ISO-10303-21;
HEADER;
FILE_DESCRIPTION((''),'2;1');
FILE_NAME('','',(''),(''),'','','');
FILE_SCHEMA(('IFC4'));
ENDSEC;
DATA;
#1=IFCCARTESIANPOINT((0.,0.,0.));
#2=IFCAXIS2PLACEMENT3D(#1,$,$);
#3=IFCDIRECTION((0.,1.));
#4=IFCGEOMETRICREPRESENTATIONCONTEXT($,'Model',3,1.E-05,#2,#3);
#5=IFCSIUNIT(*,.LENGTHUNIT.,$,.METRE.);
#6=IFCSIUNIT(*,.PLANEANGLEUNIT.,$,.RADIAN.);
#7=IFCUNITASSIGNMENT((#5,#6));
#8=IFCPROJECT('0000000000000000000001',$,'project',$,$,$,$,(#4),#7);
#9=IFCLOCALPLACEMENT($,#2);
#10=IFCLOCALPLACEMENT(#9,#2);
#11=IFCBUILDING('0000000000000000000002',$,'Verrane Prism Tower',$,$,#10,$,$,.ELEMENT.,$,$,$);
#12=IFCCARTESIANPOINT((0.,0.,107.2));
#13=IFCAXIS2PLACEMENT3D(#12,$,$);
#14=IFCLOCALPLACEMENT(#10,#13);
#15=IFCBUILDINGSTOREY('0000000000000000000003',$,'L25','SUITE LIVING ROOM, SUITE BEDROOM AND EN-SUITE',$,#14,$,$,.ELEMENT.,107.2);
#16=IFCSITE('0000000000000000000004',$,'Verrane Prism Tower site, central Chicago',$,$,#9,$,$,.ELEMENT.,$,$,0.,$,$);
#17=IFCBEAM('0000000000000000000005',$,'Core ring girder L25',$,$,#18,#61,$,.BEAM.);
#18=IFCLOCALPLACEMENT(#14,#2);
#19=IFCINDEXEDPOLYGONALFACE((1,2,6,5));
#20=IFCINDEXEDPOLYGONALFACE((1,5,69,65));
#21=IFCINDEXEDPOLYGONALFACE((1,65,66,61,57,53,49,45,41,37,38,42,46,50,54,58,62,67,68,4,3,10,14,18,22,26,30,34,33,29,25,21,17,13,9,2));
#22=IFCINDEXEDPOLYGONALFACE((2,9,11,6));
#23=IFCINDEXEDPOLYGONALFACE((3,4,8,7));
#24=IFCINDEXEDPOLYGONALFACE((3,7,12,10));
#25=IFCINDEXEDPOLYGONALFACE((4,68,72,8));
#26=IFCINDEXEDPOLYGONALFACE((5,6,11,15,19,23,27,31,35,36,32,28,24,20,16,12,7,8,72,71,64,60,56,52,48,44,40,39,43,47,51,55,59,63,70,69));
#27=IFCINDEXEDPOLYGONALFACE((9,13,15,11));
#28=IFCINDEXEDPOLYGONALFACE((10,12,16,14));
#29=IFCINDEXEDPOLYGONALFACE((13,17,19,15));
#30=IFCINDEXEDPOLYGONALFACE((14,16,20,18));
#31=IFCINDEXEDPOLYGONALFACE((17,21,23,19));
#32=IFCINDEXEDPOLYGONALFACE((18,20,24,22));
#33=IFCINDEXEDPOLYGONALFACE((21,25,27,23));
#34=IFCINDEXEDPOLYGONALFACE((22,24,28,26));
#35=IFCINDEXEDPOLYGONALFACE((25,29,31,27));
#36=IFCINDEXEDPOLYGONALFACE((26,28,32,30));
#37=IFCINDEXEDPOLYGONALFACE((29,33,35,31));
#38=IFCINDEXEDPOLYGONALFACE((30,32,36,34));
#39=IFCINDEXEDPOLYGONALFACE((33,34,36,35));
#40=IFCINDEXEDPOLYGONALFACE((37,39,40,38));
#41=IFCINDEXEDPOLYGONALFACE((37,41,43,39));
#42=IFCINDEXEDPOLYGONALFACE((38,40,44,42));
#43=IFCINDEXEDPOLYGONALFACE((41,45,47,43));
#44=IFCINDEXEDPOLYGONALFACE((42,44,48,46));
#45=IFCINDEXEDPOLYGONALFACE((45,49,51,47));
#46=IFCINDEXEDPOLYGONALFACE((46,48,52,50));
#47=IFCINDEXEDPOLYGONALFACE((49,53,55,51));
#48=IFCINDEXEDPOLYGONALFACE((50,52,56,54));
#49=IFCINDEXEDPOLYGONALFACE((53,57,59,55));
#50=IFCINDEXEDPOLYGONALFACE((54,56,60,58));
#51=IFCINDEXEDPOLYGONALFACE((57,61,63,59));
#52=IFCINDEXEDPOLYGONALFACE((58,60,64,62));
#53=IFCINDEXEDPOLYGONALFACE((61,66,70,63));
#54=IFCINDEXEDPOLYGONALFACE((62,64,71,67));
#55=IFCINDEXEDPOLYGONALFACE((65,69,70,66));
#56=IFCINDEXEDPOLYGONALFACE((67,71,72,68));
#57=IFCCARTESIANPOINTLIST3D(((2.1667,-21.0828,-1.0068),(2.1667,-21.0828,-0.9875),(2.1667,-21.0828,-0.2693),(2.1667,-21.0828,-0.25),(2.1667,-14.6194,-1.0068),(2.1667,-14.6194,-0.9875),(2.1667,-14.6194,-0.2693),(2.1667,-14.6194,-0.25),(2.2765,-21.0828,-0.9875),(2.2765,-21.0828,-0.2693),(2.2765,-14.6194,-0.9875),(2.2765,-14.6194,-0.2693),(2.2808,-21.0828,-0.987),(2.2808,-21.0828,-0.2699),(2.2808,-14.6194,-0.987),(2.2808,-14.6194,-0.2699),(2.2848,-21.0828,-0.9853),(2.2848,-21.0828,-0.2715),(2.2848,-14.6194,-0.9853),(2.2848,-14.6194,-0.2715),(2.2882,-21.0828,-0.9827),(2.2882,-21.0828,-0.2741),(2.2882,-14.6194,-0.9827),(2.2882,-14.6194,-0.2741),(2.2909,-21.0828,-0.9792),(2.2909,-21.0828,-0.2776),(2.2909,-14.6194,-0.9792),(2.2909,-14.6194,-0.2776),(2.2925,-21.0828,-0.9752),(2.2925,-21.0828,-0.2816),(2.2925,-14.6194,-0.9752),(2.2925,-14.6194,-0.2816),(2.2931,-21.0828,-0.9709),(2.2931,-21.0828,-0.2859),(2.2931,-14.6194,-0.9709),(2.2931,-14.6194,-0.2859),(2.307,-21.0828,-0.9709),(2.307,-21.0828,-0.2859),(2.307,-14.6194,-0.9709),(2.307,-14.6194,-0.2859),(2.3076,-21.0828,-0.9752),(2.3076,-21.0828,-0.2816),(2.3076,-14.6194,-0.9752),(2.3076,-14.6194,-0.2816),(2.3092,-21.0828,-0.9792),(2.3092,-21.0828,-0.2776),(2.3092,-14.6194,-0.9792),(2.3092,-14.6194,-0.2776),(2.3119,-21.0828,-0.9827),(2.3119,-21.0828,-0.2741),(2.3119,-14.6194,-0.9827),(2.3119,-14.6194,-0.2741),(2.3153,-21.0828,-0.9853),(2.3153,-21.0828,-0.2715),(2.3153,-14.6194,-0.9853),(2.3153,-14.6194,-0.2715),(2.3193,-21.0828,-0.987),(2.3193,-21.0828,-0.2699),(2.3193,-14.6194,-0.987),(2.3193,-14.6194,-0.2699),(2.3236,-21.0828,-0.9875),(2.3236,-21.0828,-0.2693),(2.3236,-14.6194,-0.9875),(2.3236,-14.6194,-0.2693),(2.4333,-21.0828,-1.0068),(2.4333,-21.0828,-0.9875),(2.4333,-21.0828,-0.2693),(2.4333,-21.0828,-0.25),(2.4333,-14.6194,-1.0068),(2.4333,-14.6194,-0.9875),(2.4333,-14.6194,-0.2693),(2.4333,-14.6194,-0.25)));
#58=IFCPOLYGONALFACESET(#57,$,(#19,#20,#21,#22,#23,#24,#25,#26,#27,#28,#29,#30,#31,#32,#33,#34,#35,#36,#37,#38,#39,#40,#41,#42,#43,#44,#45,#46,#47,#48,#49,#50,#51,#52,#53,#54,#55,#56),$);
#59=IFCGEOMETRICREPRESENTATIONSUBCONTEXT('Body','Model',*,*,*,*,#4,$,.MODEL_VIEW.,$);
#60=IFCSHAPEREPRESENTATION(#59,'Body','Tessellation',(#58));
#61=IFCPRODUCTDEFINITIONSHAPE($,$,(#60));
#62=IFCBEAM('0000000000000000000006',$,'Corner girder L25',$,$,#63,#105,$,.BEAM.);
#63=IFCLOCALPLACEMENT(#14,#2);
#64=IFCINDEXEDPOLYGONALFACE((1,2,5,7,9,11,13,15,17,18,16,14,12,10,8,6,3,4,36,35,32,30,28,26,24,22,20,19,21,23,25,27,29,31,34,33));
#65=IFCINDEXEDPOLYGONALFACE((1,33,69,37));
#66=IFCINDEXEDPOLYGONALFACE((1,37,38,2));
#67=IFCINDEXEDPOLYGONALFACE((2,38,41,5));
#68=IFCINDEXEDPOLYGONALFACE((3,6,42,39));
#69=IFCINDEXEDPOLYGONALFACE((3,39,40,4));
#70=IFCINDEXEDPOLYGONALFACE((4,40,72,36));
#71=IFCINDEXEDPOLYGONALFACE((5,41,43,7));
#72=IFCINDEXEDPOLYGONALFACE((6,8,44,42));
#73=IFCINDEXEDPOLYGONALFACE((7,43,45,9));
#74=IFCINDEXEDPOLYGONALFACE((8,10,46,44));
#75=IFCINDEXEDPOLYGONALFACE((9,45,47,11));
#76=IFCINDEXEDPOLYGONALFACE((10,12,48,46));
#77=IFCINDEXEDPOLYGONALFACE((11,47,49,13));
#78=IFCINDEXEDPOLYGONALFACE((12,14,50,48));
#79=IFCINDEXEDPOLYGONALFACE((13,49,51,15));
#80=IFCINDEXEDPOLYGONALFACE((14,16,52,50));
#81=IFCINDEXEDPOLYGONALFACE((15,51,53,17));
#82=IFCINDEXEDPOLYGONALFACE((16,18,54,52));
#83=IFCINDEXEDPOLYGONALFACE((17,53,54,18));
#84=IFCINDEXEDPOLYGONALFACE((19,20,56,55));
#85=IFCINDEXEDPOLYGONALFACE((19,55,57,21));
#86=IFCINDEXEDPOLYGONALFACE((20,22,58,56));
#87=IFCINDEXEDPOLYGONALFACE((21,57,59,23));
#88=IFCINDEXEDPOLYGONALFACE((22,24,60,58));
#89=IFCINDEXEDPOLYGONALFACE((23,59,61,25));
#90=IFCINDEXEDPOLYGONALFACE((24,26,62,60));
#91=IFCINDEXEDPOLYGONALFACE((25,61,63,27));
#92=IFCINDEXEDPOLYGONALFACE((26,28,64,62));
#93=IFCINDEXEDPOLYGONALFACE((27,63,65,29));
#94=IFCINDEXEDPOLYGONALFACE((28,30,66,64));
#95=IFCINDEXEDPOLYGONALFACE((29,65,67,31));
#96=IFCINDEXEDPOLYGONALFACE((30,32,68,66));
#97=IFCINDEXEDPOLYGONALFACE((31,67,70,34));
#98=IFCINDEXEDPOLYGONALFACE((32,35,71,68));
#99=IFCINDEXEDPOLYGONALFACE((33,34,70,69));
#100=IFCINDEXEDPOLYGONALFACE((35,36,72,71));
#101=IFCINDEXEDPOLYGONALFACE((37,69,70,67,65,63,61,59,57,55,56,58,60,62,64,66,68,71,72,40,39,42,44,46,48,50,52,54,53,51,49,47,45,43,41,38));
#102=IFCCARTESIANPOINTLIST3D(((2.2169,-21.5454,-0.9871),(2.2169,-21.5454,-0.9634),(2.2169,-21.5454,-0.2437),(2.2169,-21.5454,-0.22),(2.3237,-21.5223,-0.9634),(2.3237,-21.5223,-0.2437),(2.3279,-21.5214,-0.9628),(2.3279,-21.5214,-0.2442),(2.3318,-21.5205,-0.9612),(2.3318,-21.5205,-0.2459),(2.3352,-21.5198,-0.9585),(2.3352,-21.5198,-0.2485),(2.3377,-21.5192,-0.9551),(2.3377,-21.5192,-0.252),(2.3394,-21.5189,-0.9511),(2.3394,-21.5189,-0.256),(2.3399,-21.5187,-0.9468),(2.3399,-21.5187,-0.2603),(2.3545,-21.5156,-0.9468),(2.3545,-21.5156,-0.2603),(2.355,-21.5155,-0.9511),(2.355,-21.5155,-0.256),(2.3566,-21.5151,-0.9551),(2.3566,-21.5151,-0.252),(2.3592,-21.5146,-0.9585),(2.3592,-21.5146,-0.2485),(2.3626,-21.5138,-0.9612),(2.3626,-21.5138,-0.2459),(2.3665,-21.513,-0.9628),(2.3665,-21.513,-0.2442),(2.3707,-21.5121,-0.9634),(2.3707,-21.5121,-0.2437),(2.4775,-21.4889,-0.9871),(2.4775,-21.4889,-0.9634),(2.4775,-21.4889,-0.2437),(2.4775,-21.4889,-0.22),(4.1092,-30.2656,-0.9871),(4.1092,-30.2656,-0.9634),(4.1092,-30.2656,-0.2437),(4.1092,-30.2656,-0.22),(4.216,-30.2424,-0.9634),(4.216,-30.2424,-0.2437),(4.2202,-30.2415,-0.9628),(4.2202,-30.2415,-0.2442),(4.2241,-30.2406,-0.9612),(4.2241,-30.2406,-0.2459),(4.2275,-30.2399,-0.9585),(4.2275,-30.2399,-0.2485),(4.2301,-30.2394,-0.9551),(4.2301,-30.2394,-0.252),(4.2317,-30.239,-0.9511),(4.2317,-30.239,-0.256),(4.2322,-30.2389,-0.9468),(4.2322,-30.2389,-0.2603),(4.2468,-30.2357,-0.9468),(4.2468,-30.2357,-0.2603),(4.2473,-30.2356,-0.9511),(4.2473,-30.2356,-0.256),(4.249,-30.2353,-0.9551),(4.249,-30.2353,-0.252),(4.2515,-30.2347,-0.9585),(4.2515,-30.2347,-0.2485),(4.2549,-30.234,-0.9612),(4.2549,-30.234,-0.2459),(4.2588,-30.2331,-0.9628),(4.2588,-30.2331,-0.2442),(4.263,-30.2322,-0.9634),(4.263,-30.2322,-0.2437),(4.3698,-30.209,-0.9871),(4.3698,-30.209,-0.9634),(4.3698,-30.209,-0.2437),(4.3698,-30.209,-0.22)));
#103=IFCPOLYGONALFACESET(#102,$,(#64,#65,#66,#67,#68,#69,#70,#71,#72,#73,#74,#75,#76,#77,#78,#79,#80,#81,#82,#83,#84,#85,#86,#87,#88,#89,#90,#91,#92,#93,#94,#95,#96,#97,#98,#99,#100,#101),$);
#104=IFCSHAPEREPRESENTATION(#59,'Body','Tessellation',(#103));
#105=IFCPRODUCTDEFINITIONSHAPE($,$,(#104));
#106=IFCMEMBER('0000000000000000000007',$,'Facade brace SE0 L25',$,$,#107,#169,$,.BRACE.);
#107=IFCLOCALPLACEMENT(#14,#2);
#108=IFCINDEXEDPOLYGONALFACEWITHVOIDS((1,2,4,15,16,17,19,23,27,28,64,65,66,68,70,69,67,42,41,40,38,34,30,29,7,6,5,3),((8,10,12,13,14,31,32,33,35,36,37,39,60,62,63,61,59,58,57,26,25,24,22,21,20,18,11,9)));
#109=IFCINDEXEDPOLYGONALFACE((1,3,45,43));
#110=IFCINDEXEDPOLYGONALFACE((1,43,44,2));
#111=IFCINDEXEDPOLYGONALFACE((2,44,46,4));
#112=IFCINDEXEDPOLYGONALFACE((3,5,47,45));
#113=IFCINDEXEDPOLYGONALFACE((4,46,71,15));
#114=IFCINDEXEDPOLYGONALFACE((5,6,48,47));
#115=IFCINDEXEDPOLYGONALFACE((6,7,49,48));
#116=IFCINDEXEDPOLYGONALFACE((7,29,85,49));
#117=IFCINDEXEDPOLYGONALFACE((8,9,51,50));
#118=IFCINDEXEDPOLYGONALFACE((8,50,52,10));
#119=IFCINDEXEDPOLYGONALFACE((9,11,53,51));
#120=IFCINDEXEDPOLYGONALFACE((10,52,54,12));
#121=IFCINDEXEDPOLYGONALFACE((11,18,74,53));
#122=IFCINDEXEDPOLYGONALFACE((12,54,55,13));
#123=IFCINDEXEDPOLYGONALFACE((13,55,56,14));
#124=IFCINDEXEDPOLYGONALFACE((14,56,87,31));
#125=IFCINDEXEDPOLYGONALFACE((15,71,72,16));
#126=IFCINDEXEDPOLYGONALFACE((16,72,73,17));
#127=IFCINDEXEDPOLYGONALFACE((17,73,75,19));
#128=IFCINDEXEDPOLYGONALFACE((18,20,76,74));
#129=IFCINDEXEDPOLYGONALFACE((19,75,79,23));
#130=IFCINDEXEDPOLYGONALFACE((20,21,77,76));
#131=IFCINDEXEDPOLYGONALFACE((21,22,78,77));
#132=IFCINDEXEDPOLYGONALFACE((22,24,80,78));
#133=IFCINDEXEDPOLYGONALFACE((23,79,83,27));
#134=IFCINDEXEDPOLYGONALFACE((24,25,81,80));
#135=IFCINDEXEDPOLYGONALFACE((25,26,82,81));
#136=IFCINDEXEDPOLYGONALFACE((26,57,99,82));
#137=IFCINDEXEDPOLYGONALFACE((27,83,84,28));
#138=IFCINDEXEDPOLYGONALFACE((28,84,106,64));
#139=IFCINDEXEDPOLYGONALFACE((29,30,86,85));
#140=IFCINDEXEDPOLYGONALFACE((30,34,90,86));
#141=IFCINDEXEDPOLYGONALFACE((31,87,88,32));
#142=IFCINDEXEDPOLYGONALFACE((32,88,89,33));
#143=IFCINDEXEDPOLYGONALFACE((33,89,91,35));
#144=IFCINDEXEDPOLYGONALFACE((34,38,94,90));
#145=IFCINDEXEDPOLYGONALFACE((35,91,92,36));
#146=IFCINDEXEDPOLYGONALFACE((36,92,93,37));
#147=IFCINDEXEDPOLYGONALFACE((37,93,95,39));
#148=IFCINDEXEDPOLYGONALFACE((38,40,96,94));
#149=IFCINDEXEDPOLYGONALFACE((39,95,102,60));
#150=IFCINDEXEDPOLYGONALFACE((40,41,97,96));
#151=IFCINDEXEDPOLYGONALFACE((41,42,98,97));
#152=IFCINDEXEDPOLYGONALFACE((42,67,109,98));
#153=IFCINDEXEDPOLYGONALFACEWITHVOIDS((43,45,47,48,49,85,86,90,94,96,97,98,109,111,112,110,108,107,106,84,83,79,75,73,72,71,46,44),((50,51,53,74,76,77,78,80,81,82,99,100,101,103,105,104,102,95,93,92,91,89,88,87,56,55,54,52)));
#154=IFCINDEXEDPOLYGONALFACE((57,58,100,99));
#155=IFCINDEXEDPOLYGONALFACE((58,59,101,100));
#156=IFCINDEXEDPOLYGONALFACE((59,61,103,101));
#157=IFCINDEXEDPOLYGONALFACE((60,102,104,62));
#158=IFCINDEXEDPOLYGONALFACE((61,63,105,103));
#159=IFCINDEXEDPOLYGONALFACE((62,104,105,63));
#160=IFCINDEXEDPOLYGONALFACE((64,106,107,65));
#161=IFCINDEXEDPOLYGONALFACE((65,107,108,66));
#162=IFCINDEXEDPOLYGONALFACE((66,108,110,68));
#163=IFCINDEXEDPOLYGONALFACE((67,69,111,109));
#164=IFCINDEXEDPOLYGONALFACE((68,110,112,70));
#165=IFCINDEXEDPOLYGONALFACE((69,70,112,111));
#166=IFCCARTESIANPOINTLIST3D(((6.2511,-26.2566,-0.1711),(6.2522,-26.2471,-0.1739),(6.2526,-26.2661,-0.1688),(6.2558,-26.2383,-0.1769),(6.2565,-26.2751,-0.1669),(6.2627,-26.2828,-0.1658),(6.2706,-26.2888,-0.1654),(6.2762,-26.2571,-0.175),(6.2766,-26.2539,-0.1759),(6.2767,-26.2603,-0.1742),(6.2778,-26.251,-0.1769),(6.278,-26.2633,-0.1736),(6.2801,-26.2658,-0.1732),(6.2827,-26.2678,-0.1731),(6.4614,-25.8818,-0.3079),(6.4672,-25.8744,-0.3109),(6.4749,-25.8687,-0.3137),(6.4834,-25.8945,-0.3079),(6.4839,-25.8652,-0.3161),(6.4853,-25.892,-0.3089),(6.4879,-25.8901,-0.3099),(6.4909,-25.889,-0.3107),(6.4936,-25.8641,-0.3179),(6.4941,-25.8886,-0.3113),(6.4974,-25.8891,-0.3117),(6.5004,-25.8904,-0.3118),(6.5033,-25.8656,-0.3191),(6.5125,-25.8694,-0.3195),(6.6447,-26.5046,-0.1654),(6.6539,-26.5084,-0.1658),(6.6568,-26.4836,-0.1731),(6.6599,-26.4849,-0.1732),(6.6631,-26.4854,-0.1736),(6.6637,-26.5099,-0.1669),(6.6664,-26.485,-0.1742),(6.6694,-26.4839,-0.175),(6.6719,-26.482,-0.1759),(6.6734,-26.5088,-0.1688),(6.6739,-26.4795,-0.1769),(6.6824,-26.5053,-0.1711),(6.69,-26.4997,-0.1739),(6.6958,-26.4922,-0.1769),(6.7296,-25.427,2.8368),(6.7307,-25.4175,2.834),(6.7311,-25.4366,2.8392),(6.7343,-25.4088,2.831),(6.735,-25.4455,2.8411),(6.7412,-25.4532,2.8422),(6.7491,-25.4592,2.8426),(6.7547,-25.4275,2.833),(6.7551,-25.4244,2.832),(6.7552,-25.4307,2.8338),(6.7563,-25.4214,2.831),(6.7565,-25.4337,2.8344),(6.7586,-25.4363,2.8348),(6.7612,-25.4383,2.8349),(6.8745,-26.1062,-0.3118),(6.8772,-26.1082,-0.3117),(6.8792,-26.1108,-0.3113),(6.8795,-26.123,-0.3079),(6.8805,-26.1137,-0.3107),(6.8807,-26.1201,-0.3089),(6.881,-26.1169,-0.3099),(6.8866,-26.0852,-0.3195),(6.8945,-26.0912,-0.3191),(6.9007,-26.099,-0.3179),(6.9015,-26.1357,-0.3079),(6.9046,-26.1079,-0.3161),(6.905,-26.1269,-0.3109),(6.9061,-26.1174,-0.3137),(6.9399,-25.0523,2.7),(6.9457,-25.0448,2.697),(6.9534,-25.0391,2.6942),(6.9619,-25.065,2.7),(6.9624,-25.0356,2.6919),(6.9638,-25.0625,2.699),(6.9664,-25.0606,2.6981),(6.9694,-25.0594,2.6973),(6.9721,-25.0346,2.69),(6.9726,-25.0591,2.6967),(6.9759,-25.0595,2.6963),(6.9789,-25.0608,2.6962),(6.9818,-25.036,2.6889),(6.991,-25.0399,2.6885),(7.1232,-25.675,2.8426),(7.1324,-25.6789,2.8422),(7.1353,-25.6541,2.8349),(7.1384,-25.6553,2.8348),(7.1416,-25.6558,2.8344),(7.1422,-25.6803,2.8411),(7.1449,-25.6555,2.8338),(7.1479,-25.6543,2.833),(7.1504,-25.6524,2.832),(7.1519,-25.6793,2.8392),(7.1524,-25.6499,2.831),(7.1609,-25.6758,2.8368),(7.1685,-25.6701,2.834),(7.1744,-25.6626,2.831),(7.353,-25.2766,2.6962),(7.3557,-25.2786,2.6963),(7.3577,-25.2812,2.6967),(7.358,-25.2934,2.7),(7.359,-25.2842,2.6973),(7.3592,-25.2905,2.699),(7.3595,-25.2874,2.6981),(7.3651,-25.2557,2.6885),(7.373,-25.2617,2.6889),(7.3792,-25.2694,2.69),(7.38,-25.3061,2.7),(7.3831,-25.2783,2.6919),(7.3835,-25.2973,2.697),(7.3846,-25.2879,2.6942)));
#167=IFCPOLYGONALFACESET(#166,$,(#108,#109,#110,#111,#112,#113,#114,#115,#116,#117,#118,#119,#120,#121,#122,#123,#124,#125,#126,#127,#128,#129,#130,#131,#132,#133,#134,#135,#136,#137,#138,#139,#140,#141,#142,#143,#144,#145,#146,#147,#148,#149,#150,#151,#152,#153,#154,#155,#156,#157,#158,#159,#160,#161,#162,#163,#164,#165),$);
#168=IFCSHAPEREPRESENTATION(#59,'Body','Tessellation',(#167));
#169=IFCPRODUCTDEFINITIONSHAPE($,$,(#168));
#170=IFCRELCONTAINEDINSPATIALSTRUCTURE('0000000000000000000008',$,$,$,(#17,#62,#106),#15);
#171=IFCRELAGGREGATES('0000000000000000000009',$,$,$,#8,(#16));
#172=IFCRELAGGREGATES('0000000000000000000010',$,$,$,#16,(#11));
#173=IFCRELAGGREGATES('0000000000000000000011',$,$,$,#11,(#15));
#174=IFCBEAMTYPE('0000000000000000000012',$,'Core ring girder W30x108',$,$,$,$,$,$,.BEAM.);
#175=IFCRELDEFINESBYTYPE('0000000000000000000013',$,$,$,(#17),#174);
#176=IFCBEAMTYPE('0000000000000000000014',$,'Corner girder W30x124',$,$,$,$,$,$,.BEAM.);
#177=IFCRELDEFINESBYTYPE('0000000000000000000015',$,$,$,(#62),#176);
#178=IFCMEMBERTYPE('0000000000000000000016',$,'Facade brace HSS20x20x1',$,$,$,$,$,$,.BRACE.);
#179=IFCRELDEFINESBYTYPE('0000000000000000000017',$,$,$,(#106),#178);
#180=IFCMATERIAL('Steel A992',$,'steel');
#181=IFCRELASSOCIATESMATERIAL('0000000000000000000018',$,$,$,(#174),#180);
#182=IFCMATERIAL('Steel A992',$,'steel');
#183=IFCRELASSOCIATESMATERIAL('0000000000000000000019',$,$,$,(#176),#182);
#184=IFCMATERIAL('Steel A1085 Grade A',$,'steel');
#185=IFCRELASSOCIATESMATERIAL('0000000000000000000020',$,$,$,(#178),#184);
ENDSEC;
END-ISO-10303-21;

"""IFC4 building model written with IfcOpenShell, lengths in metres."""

from ifc_helpers import new_model, si_unit, direction, frame, origin, origin_2d, place, context, subcontext, project, spatial, hollow_rectangle, i_section, extrude, material, material_profile, profile_set, type_object, element, save


model = new_model("IFC4")

# Units and contexts
model_context = context("Model", 3, precision=1e-05, world=origin(), true_north=direction((0.0, 1.0)))
body_context = subcontext(model_context, "Body", "Model", "MODEL_VIEW")
ifc_project = project(units=[si_unit("LENGTHUNIT", "METRE"), si_unit("PLANEANGLEUNIT", "RADIAN")], contexts=[model_context])

# Site, building, storey
site_placement = place(None, origin())
site = spatial("IfcSite", under=ifc_project, at=site_placement, Name="Verrane Prism Tower site, central Chicago", CompositionType="ELEMENT", RefElevation=0.0)
building_placement = place(site_placement, origin())
building = spatial("IfcBuilding", under=site, at=building_placement, Name="Verrane Prism Tower", CompositionType="ELEMENT")
storey_placement = place(building_placement, frame((0.0, 0.0, 107.2)))
storey = spatial("IfcBuildingStorey", under=building, at=storey_placement, Name="L25", Description="SUITE LIVING ROOM, SUITE BEDROOM AND EN-SUITE", CompositionType="ELEMENT", Elevation=107.2)

# Beams
ifc_material_1 = material(Name="Steel A992", Category="steel")
ifc_material_profile_1 = material_profile(ifc_material_1, i_section(OverallWidth=0.2666, OverallDepth=0.7568, WebThickness=0.0139, FlangeThickness=0.0193, FilletRadius=0.0166, at=origin_2d()), Name="W30x108")
ifc_profile_set_1 = profile_set([ifc_material_profile_1], Name="Steel A992")
beam_type_1 = type_object("IfcBeamType", Name="Core ring girder W30x108", PredefinedType="BEAM", material=ifc_profile_set_1)
beam_1_placement = place(storey_placement, frame((2.3, -21.0828, -0.6284), z_axis=(0.0, 1.0, 0.0), x_axis=(-1.0, 0.0, 0.0)))
element("IfcBeam", 1, at=beam_1_placement, inside=storey, type_object=beam_type_1, Name="Core ring girder L25", PredefinedType="BEAM", context=body_context, shape_type="SweptSolid", body=[
    extrude(i_section(OverallWidth=0.2666, OverallDepth=0.7568, WebThickness=0.0139, FlangeThickness=0.0193, FilletRadius=0.0166, at=origin_2d()), origin(), (0.0, 0.0, 1.0), 6.4634),
])
ifc_material_2 = material(Name="Steel A992", Category="steel")
ifc_material_profile_2 = material_profile(ifc_material_2, i_section(OverallWidth=0.2666, OverallDepth=0.7671, WebThickness=0.0149, FlangeThickness=0.0237, FilletRadius=0.0166, at=origin_2d()), Name="W30x124")
ifc_profile_set_2 = profile_set([ifc_material_profile_2], Name="Steel A992")
beam_type_2 = type_object("IfcBeamType", Name="Corner girder W30x124", PredefinedType="BEAM", material=ifc_profile_set_2)
beam_2_placement = place(storey_placement, frame((4.2395, -30.2373, -0.6035), z_axis=(-0.21207, 0.977255, 0.0), x_axis=(-0.977255, -0.21207, 0.0)))
element("IfcBeam", 2, at=beam_2_placement, inside=storey, type_object=beam_type_2, Name="Corner girder L25", PredefinedType="BEAM", context=body_context, shape_type="SweptSolid", body=[
    extrude(i_section(OverallWidth=0.2666, OverallDepth=0.7671, WebThickness=0.0149, FlangeThickness=0.0237, FilletRadius=0.0166, at=origin_2d()), origin(), (0.0, 0.0, 1.0), 8.9231),
])

# Member
ifc_material_3 = material(Name="Steel A1085 Grade A", Category="steel")
ifc_material_profile_3 = material_profile(ifc_material_3, hollow_rectangle(XDim=0.5081, YDim=0.5081, WallThickness=0.0254, InnerFilletRadius=0.0127, OuterFilletRadius=0.0381, at=origin_2d()), Name="HSS20x20x1")
ifc_profile_set_3 = profile_set([ifc_material_profile_3], Name="Steel A1085 Grade A")
member_type_1 = type_object("IfcMemberType", Name="Facade brace HSS20x20x1", PredefinedType="BRACE", material=ifc_profile_set_3)
for number, where, z_axis, x_axis, name in (
    (3, (6.5786, -26.187, -0.2424), (0.151581, 0.262792, 0.952871), (-0.866228, 0.499649, 0.0), "Facade brace SE0 L25"),
):
    element("IfcMember", number, at=place(storey_placement, frame(where, z_axis=z_axis, x_axis=x_axis)), inside=storey, type_object=member_type_1, Name=name, PredefinedType="BRACE", context=body_context, shape_type="SweptSolid", body=[
        extrude(hollow_rectangle(XDim=0.5081, YDim=0.5081, WallThickness=0.0254, InnerFilletRadius=0.0127, OuterFilletRadius=0.0381, at=origin_2d()), origin(), (0.0, 0.0, 1.0), 3.1567),
    ])

save(model, "model.ifc")
